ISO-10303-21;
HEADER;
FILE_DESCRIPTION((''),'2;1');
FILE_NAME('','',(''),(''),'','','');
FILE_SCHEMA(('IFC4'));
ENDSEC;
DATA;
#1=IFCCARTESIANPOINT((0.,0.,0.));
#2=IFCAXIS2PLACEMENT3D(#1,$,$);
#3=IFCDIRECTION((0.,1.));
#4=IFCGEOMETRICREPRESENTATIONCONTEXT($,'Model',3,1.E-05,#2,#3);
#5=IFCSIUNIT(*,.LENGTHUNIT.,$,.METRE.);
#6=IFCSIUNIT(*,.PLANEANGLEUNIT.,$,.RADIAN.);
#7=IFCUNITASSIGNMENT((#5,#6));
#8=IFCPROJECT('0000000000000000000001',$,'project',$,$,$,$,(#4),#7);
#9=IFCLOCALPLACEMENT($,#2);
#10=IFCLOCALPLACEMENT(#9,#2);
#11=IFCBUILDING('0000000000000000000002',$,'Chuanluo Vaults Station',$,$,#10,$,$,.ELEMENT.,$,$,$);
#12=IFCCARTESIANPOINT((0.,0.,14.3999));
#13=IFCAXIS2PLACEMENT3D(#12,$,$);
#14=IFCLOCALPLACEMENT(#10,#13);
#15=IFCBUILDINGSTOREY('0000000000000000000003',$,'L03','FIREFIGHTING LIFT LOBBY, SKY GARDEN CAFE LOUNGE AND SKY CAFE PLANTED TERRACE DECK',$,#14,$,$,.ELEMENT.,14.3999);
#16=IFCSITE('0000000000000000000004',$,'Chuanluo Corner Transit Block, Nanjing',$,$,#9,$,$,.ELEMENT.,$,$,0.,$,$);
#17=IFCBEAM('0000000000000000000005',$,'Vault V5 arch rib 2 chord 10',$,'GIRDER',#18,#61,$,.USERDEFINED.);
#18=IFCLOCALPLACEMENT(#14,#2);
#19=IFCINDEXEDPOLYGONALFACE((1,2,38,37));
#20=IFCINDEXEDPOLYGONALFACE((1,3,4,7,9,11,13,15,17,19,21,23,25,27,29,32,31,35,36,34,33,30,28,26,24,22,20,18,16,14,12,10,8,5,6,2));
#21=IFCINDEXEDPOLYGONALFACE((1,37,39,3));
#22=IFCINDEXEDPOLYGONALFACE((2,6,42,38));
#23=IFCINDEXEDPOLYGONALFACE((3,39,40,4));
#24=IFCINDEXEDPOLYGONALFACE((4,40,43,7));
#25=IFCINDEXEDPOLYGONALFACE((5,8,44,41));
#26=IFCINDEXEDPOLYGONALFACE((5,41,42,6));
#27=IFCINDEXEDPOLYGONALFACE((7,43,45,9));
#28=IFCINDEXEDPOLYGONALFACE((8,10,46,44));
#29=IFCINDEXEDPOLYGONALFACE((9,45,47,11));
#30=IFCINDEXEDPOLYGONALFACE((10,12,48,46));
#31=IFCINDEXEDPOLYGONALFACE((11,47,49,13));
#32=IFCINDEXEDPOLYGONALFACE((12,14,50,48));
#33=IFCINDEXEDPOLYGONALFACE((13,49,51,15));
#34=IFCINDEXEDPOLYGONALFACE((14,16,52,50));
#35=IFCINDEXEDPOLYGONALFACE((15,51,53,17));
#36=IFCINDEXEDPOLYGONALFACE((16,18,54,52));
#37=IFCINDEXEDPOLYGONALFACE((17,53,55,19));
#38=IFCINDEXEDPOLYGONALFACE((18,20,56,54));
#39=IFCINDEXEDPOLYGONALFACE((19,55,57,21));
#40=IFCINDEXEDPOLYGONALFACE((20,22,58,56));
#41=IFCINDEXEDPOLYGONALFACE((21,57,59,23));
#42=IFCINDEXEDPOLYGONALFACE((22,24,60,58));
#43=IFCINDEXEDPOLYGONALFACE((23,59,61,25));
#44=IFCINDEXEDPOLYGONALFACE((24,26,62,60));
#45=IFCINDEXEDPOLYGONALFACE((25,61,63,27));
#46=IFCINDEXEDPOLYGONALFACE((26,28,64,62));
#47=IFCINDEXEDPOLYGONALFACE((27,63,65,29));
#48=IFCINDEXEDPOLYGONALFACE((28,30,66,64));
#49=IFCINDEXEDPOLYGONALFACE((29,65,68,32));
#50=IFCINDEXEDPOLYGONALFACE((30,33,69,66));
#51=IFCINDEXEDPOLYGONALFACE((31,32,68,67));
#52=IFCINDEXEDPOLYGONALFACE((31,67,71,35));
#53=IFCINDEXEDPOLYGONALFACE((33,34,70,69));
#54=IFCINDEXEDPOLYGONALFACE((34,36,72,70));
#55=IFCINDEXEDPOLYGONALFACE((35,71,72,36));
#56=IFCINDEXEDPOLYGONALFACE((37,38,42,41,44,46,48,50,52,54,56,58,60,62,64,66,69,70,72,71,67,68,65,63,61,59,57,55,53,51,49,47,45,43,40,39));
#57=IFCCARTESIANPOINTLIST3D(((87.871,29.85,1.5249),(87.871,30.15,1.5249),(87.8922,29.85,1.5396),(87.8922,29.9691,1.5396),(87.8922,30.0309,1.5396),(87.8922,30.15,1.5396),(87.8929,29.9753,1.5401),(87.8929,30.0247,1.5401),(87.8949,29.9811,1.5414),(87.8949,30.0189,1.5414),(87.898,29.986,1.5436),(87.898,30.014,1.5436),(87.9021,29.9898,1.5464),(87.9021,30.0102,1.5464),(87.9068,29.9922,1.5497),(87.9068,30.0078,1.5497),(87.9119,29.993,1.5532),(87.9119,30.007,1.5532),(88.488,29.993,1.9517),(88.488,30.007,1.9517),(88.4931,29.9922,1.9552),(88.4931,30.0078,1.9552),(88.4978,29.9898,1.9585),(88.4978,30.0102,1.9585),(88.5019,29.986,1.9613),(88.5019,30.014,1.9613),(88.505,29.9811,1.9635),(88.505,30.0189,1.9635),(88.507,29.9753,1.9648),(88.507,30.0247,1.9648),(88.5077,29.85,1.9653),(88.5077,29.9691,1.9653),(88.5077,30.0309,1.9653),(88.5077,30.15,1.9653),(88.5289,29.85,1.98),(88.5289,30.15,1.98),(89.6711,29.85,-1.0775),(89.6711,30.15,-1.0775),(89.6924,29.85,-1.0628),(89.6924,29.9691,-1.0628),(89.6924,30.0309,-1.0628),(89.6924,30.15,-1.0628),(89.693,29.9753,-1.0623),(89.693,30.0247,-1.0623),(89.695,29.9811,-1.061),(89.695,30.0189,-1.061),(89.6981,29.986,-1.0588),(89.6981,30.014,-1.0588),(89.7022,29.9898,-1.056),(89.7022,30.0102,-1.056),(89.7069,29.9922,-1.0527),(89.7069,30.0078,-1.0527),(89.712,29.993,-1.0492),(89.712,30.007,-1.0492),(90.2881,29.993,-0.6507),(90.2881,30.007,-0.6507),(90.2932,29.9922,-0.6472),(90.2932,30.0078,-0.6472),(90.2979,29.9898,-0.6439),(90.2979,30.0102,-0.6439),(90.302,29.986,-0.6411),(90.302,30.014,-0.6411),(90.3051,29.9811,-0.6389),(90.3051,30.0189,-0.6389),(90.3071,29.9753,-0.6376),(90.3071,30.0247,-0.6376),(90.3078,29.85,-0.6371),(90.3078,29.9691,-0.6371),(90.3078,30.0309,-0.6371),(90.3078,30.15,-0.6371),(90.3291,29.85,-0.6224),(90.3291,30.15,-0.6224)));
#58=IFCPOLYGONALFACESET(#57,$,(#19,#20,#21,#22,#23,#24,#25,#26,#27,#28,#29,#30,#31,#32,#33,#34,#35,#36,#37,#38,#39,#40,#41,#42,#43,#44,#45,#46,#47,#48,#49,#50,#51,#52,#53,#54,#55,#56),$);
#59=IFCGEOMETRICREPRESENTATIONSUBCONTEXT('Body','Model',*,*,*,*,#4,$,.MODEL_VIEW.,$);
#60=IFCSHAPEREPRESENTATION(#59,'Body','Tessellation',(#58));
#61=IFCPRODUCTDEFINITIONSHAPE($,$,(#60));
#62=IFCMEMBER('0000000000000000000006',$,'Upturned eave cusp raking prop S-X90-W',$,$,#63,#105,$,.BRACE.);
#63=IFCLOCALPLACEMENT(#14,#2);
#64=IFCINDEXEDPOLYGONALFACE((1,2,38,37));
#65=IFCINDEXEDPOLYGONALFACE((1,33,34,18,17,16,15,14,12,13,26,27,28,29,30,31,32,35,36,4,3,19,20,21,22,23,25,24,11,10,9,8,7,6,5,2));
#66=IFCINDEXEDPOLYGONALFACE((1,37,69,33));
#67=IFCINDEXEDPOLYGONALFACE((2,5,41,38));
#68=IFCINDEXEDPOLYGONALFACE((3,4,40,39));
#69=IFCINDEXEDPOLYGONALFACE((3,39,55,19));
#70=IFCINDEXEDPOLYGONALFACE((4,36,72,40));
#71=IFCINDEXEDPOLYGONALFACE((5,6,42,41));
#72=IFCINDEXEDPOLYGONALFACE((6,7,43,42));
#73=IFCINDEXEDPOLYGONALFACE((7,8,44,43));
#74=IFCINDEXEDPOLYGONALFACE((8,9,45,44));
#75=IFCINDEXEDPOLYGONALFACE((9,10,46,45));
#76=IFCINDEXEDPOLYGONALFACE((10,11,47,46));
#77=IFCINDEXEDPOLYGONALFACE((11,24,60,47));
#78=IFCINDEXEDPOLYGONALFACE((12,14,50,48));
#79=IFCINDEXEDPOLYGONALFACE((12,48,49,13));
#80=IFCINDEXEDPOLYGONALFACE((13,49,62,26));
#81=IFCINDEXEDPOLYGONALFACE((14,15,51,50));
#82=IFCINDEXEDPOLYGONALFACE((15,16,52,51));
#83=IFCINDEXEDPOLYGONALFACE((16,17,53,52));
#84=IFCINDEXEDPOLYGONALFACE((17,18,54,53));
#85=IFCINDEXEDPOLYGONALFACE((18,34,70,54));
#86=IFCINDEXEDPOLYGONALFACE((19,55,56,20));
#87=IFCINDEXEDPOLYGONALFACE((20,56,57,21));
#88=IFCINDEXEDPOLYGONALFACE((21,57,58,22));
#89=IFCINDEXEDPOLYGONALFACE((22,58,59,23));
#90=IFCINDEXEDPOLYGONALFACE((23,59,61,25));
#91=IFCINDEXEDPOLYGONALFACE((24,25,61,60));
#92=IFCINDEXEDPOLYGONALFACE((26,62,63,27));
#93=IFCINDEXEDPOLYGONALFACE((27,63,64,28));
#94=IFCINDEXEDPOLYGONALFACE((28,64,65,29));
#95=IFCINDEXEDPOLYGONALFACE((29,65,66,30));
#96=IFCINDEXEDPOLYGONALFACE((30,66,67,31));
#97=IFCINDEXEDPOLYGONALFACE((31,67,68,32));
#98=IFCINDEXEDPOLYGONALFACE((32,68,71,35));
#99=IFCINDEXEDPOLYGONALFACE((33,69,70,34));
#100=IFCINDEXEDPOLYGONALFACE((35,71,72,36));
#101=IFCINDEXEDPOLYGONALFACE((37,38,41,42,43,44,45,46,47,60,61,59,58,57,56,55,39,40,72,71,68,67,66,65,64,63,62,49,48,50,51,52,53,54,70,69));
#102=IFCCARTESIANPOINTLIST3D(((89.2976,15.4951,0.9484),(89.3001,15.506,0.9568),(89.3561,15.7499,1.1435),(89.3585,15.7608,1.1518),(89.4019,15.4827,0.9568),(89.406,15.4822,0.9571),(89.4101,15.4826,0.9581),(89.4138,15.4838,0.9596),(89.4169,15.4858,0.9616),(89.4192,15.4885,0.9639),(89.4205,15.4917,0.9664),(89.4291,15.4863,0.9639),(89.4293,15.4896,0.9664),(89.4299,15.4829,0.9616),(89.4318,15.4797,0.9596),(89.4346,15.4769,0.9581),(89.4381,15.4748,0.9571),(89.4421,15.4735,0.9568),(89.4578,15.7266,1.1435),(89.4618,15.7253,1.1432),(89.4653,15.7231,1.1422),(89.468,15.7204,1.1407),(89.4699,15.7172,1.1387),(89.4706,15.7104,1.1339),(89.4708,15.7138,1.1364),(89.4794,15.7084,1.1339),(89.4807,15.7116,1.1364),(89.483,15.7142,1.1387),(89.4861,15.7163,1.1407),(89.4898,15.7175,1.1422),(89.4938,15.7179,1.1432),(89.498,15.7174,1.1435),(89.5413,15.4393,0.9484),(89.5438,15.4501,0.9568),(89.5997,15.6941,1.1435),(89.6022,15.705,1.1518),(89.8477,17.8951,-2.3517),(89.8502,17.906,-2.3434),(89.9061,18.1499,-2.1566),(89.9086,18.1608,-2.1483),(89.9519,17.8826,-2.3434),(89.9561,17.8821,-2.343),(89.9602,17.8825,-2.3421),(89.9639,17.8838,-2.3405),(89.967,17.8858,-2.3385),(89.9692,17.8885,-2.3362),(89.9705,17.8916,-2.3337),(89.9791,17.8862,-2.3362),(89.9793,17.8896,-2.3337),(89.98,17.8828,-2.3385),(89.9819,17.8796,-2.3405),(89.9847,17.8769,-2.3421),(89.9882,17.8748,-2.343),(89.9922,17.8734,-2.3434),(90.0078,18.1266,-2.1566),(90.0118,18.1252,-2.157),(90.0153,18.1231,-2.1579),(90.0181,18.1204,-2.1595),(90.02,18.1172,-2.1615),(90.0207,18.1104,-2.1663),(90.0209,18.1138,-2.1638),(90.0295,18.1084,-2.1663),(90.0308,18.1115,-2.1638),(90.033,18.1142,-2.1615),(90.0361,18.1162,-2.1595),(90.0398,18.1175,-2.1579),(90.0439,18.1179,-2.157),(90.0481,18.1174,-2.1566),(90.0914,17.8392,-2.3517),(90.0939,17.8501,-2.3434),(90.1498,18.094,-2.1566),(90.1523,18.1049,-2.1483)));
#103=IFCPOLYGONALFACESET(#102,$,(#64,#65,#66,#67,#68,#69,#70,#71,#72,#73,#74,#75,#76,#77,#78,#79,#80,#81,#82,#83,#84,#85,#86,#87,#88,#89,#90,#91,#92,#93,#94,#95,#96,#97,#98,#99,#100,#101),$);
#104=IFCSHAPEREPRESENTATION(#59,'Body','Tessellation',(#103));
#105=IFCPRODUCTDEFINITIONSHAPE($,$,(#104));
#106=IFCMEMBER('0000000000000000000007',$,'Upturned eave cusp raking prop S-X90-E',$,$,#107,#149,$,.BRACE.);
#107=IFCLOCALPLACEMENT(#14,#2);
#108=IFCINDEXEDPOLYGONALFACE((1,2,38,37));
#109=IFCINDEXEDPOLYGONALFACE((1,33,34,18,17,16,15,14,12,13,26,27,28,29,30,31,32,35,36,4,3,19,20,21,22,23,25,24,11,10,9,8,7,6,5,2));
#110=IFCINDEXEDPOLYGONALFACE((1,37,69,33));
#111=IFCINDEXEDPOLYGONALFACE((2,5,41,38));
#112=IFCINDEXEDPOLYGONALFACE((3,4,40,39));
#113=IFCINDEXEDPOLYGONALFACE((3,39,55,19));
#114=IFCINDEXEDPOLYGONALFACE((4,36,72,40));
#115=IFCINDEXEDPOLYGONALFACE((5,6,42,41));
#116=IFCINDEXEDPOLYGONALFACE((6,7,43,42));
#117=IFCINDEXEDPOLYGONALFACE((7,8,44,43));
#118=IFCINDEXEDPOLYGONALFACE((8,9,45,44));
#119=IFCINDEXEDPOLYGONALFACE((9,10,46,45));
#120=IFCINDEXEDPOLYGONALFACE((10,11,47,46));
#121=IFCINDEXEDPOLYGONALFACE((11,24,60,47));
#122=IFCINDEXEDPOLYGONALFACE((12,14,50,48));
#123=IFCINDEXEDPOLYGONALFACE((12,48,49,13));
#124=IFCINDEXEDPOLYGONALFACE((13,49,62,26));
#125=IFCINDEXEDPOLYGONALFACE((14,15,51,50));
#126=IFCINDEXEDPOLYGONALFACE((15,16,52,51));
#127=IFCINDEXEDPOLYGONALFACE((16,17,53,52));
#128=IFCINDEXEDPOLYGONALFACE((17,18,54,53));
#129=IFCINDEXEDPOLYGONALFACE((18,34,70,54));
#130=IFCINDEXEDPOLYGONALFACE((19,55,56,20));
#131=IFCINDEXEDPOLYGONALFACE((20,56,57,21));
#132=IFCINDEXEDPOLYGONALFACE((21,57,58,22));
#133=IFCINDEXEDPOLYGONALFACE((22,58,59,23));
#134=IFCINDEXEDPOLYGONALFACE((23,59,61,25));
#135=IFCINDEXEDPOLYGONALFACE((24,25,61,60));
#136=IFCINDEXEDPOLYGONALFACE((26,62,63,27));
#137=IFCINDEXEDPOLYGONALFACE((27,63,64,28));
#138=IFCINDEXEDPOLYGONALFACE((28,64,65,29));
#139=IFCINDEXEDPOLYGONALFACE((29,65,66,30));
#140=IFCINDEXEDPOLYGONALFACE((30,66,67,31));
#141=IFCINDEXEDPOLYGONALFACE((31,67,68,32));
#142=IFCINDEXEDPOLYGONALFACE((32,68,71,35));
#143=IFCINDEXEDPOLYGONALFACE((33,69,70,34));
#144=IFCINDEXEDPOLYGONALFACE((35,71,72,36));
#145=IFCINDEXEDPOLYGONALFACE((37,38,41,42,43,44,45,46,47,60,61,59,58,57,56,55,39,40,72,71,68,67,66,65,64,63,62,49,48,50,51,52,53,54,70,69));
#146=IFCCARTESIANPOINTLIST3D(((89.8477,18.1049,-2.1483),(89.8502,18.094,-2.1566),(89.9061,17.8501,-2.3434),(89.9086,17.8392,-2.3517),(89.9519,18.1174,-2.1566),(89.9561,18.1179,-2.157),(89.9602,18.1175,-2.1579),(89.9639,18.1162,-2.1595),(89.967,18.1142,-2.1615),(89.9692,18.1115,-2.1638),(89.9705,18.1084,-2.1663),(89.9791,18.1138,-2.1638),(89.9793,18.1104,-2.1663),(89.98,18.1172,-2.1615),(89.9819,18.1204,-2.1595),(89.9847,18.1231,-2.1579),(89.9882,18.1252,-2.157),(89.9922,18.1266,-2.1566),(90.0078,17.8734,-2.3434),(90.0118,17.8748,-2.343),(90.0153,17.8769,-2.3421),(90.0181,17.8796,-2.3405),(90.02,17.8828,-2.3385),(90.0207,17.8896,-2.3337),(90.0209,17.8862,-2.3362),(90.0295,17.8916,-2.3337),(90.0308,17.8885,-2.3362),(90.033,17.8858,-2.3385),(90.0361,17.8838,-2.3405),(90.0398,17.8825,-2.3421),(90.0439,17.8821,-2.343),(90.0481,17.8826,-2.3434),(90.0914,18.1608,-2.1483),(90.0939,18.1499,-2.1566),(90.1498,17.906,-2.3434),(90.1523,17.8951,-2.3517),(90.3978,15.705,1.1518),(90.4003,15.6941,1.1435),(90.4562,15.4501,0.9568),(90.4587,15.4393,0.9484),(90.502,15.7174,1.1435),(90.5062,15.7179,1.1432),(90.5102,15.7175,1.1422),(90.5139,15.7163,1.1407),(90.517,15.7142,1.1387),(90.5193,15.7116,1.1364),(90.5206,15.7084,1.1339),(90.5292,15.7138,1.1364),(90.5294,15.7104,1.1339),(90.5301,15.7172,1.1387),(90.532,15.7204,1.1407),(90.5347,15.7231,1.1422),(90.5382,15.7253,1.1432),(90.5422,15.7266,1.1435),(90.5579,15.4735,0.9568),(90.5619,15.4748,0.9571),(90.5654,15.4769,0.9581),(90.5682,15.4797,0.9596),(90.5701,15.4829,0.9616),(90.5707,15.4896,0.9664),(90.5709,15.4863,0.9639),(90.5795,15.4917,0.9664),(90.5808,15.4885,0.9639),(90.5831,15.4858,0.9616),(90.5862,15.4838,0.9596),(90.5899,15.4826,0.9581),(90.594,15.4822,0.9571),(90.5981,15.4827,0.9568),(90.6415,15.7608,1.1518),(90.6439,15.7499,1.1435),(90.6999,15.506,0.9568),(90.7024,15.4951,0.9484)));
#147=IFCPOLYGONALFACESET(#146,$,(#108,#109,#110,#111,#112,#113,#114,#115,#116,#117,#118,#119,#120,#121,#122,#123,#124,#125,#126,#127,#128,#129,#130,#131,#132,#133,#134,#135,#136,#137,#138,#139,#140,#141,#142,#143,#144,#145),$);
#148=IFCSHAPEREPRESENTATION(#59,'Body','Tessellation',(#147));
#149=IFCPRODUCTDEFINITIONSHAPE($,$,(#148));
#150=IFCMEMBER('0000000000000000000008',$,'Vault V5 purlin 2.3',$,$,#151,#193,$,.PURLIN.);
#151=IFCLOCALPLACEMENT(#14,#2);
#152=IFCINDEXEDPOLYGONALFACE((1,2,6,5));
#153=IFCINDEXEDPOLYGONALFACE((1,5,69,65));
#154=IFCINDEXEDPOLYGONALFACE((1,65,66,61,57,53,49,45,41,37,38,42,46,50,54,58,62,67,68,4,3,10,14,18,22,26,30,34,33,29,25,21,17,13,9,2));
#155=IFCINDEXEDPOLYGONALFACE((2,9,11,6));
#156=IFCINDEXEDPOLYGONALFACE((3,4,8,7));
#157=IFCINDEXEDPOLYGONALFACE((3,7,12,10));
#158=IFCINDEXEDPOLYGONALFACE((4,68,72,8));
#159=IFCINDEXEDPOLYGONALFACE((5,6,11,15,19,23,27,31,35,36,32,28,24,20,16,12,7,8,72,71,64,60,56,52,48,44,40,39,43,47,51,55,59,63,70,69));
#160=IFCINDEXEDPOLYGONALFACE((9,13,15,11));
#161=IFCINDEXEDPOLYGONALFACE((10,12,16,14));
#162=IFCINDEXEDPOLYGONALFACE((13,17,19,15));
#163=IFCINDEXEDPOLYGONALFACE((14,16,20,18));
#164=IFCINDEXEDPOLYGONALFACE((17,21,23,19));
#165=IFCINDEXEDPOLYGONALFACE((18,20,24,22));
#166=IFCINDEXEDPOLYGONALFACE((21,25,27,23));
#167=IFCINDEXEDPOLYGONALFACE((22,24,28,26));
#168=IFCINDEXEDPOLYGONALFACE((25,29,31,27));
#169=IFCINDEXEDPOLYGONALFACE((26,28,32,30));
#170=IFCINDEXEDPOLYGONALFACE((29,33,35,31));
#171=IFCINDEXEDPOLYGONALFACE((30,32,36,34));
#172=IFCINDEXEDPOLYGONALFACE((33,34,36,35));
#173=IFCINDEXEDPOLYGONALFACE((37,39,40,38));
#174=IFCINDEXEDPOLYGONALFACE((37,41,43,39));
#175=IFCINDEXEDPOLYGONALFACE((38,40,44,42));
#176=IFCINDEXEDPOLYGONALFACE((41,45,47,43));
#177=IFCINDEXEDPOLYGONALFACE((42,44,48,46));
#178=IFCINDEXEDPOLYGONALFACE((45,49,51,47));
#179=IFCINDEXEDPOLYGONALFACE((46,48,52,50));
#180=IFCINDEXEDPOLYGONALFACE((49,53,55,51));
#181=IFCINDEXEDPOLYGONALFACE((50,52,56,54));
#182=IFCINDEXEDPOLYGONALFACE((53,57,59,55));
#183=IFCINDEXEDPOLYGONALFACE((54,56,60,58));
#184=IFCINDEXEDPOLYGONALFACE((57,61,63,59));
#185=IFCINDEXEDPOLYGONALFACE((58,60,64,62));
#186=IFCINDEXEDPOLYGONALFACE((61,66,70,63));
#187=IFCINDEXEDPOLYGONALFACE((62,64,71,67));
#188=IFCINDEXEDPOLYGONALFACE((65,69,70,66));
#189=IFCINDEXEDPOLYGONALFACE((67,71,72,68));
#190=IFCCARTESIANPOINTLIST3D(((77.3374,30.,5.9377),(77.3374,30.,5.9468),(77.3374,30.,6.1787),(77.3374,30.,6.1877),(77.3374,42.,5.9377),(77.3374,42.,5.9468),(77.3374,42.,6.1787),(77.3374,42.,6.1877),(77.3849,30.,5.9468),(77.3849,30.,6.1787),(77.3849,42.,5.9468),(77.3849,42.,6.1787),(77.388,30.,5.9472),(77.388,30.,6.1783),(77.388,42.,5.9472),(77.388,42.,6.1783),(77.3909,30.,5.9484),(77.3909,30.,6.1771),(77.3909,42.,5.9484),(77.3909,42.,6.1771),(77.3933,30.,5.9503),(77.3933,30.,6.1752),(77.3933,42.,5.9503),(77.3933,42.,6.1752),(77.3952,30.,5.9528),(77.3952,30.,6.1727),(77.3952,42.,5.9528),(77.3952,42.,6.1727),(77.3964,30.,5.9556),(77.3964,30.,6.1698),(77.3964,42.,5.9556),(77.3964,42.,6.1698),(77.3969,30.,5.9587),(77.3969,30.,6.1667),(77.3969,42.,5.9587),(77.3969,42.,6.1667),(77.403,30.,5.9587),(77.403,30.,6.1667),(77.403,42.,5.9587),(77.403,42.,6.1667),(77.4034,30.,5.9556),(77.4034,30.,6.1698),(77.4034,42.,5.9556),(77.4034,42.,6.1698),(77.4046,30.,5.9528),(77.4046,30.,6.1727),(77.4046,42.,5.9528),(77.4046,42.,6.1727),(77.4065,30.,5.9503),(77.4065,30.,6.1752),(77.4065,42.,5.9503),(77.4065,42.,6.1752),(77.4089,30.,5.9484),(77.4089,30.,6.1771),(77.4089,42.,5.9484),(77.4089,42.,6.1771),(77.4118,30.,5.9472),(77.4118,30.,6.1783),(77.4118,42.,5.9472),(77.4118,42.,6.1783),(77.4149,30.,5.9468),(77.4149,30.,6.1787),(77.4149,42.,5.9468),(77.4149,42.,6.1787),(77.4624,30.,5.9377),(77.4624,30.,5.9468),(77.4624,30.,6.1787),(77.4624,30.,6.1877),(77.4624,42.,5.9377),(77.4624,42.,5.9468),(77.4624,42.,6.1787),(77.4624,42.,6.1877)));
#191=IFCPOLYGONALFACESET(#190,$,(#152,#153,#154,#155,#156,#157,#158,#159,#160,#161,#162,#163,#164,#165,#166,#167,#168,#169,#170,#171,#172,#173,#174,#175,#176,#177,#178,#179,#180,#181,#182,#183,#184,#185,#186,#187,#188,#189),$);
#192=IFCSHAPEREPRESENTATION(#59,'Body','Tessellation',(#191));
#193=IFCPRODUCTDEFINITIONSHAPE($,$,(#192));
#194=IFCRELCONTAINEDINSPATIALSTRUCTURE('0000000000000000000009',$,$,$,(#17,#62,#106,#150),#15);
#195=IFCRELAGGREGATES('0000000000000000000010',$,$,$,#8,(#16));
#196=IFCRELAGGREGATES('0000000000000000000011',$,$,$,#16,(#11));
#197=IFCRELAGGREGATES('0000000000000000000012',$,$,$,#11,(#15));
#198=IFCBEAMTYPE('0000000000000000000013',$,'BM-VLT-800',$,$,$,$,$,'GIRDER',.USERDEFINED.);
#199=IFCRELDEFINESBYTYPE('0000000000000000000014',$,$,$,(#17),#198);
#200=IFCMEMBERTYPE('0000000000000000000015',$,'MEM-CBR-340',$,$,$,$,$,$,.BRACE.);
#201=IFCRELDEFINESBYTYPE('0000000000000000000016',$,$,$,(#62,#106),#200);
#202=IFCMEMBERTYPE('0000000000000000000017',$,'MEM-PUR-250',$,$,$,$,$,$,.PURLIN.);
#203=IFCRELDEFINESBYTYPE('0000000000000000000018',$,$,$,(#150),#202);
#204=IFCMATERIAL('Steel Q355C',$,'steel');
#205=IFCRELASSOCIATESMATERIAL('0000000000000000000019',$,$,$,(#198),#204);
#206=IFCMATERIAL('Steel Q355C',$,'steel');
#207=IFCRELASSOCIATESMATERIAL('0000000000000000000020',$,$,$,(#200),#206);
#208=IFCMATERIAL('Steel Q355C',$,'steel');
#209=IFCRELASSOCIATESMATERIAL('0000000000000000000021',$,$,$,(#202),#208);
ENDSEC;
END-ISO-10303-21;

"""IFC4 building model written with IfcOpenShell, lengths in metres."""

from ifc_helpers import new_model, si_unit, direction, frame, origin, origin_2d, place, context, subcontext, project, spatial, i_section, extrude, material, material_profile, profile_set, type_object, element, save


model = new_model("IFC4")

# Units and contexts
model_context = context("Model", 3, precision=1e-05, world=origin(), true_north=direction((0.0, 1.0)))
body_context = subcontext(model_context, "Body", "Model", "MODEL_VIEW")
ifc_project = project(units=[si_unit("LENGTHUNIT", "METRE"), si_unit("PLANEANGLEUNIT", "RADIAN")], contexts=[model_context])

# Site, building, storey
site_placement = place(None, origin())
site = spatial("IfcSite", under=ifc_project, at=site_placement, Name="Chuanluo Corner Transit Block, Nanjing", CompositionType="ELEMENT", RefElevation=0.0)
building_placement = place(site_placement, origin())
building = spatial("IfcBuilding", under=site, at=building_placement, Name="Chuanluo Vaults Station", CompositionType="ELEMENT")
storey_placement = place(building_placement, frame((0.0, 0.0, 14.3999)))
storey = spatial("IfcBuildingStorey", under=building, at=storey_placement, Name="L03", Description="FIREFIGHTING LIFT LOBBY, SKY GARDEN CAFE LOUNGE AND SKY CAFE PLANTED TERRACE DECK", CompositionType="ELEMENT", Elevation=14.3999)

# Beam
ifc_material_1 = material(Name="Steel Q355C", Category="steel")
ifc_material_profile_1 = material_profile(ifc_material_1, i_section(OverallWidth=0.3, OverallDepth=0.8, WebThickness=0.0139, FlangeThickness=0.0259, FilletRadius=0.0239, at=origin_2d()))
ifc_profile_set_1 = profile_set([ifc_material_profile_1], Name="Steel Q355C")
beam_type_1 = type_object("IfcBeamType", Name="BM-VLT-800", ElementType="GIRDER", PredefinedType="USERDEFINED", material=ifc_profile_set_1)
beam_1_placement = place(storey_placement, frame((88.2, 30.0, 1.7524), z_axis=(0.568881, 0.0, -0.82242), x_axis=(0.0, 1.0, 0.0)))
element("IfcBeam", 1, at=beam_1_placement, inside=storey, type_object=beam_type_1, Name="Vault V5 arch rib 2 chord 10", ObjectType="GIRDER", PredefinedType="USERDEFINED", context=body_context, shape_type="SweptSolid", body=[
    extrude(i_section(OverallWidth=0.3, OverallDepth=0.8, WebThickness=0.0139, FlangeThickness=0.0259, FilletRadius=0.0239, at=origin_2d()), origin(), (0.0, 0.0, 1.0), 3.1643),
])

# Members
ifc_material_2 = material(Name="Steel Q355C", Category="steel")
ifc_material_profile_2 = material_profile(ifc_material_2, i_section(OverallWidth=0.25, OverallDepth=0.3401, WebThickness=0.009, FlangeThickness=0.0139, FilletRadius=0.0161, at=origin_2d()))
ifc_profile_set_2 = profile_set([ifc_material_profile_2], Name="Steel Q355C")
member_type_1 = type_object("IfcMemberType", Name="MEM-CBR-340", PredefinedType="BRACE", material=ifc_profile_set_2)
for number, where, z_axis, x_axis, name in (
    (2, (90.0, 18.0, -2.25), (-0.133594, -0.582878, 0.801502), (0.974726, -0.223404, 0.0), "Upturned eave cusp raking prop S-X90-W"),
    (3, (90.0, 18.0, -2.25), (0.133594, -0.582878, 0.801502), (0.974726, 0.223404, 0.0), "Upturned eave cusp raking prop S-X90-E"),
):
    element("IfcMember", number, at=place(storey_placement, frame(where, z_axis=z_axis, x_axis=x_axis)), inside=storey, type_object=member_type_1, Name=name, PredefinedType="BRACE", context=body_context, shape_type="SweptSolid", body=[
        extrude(i_section(OverallWidth=0.25, OverallDepth=0.3401, WebThickness=0.009, FlangeThickness=0.0139, FilletRadius=0.0161, at=origin_2d()), origin(), (0.0, 0.0, 1.0), 4.1174),
    ])
ifc_material_3 = material(Name="Steel Q355C", Category="steel")
ifc_material_profile_3 = material_profile(ifc_material_3, i_section(OverallWidth=0.125, OverallDepth=0.25, WebThickness=0.0061, FlangeThickness=0.009, FilletRadius=0.012, at=origin_2d()))
ifc_profile_set_3 = profile_set([ifc_material_profile_3], Name="Steel Q355C")
member_type_2 = type_object("IfcMemberType", Name="MEM-PUR-250", PredefinedType="PURLIN", material=ifc_profile_set_3)
for number, where, z_axis, x_axis, name in (
    (4, (77.3999, 30.0, 6.0627), (0.0, 1.0, 0.0), (-1.0, 0.0, 0.0), "Vault V5 purlin 2.3"),
):
    element("IfcMember", number, at=place(storey_placement, frame(where, z_axis=z_axis, x_axis=x_axis)), inside=storey, type_object=member_type_2, Name=name, PredefinedType="PURLIN", context=body_context, shape_type="SweptSolid", body=[
        extrude(i_section(OverallWidth=0.125, OverallDepth=0.25, WebThickness=0.0061, FlangeThickness=0.009, FilletRadius=0.012, at=origin_2d()), origin(), (0.0, 0.0, 1.0), 12.0),
    ])

save(model, "model.ifc")
